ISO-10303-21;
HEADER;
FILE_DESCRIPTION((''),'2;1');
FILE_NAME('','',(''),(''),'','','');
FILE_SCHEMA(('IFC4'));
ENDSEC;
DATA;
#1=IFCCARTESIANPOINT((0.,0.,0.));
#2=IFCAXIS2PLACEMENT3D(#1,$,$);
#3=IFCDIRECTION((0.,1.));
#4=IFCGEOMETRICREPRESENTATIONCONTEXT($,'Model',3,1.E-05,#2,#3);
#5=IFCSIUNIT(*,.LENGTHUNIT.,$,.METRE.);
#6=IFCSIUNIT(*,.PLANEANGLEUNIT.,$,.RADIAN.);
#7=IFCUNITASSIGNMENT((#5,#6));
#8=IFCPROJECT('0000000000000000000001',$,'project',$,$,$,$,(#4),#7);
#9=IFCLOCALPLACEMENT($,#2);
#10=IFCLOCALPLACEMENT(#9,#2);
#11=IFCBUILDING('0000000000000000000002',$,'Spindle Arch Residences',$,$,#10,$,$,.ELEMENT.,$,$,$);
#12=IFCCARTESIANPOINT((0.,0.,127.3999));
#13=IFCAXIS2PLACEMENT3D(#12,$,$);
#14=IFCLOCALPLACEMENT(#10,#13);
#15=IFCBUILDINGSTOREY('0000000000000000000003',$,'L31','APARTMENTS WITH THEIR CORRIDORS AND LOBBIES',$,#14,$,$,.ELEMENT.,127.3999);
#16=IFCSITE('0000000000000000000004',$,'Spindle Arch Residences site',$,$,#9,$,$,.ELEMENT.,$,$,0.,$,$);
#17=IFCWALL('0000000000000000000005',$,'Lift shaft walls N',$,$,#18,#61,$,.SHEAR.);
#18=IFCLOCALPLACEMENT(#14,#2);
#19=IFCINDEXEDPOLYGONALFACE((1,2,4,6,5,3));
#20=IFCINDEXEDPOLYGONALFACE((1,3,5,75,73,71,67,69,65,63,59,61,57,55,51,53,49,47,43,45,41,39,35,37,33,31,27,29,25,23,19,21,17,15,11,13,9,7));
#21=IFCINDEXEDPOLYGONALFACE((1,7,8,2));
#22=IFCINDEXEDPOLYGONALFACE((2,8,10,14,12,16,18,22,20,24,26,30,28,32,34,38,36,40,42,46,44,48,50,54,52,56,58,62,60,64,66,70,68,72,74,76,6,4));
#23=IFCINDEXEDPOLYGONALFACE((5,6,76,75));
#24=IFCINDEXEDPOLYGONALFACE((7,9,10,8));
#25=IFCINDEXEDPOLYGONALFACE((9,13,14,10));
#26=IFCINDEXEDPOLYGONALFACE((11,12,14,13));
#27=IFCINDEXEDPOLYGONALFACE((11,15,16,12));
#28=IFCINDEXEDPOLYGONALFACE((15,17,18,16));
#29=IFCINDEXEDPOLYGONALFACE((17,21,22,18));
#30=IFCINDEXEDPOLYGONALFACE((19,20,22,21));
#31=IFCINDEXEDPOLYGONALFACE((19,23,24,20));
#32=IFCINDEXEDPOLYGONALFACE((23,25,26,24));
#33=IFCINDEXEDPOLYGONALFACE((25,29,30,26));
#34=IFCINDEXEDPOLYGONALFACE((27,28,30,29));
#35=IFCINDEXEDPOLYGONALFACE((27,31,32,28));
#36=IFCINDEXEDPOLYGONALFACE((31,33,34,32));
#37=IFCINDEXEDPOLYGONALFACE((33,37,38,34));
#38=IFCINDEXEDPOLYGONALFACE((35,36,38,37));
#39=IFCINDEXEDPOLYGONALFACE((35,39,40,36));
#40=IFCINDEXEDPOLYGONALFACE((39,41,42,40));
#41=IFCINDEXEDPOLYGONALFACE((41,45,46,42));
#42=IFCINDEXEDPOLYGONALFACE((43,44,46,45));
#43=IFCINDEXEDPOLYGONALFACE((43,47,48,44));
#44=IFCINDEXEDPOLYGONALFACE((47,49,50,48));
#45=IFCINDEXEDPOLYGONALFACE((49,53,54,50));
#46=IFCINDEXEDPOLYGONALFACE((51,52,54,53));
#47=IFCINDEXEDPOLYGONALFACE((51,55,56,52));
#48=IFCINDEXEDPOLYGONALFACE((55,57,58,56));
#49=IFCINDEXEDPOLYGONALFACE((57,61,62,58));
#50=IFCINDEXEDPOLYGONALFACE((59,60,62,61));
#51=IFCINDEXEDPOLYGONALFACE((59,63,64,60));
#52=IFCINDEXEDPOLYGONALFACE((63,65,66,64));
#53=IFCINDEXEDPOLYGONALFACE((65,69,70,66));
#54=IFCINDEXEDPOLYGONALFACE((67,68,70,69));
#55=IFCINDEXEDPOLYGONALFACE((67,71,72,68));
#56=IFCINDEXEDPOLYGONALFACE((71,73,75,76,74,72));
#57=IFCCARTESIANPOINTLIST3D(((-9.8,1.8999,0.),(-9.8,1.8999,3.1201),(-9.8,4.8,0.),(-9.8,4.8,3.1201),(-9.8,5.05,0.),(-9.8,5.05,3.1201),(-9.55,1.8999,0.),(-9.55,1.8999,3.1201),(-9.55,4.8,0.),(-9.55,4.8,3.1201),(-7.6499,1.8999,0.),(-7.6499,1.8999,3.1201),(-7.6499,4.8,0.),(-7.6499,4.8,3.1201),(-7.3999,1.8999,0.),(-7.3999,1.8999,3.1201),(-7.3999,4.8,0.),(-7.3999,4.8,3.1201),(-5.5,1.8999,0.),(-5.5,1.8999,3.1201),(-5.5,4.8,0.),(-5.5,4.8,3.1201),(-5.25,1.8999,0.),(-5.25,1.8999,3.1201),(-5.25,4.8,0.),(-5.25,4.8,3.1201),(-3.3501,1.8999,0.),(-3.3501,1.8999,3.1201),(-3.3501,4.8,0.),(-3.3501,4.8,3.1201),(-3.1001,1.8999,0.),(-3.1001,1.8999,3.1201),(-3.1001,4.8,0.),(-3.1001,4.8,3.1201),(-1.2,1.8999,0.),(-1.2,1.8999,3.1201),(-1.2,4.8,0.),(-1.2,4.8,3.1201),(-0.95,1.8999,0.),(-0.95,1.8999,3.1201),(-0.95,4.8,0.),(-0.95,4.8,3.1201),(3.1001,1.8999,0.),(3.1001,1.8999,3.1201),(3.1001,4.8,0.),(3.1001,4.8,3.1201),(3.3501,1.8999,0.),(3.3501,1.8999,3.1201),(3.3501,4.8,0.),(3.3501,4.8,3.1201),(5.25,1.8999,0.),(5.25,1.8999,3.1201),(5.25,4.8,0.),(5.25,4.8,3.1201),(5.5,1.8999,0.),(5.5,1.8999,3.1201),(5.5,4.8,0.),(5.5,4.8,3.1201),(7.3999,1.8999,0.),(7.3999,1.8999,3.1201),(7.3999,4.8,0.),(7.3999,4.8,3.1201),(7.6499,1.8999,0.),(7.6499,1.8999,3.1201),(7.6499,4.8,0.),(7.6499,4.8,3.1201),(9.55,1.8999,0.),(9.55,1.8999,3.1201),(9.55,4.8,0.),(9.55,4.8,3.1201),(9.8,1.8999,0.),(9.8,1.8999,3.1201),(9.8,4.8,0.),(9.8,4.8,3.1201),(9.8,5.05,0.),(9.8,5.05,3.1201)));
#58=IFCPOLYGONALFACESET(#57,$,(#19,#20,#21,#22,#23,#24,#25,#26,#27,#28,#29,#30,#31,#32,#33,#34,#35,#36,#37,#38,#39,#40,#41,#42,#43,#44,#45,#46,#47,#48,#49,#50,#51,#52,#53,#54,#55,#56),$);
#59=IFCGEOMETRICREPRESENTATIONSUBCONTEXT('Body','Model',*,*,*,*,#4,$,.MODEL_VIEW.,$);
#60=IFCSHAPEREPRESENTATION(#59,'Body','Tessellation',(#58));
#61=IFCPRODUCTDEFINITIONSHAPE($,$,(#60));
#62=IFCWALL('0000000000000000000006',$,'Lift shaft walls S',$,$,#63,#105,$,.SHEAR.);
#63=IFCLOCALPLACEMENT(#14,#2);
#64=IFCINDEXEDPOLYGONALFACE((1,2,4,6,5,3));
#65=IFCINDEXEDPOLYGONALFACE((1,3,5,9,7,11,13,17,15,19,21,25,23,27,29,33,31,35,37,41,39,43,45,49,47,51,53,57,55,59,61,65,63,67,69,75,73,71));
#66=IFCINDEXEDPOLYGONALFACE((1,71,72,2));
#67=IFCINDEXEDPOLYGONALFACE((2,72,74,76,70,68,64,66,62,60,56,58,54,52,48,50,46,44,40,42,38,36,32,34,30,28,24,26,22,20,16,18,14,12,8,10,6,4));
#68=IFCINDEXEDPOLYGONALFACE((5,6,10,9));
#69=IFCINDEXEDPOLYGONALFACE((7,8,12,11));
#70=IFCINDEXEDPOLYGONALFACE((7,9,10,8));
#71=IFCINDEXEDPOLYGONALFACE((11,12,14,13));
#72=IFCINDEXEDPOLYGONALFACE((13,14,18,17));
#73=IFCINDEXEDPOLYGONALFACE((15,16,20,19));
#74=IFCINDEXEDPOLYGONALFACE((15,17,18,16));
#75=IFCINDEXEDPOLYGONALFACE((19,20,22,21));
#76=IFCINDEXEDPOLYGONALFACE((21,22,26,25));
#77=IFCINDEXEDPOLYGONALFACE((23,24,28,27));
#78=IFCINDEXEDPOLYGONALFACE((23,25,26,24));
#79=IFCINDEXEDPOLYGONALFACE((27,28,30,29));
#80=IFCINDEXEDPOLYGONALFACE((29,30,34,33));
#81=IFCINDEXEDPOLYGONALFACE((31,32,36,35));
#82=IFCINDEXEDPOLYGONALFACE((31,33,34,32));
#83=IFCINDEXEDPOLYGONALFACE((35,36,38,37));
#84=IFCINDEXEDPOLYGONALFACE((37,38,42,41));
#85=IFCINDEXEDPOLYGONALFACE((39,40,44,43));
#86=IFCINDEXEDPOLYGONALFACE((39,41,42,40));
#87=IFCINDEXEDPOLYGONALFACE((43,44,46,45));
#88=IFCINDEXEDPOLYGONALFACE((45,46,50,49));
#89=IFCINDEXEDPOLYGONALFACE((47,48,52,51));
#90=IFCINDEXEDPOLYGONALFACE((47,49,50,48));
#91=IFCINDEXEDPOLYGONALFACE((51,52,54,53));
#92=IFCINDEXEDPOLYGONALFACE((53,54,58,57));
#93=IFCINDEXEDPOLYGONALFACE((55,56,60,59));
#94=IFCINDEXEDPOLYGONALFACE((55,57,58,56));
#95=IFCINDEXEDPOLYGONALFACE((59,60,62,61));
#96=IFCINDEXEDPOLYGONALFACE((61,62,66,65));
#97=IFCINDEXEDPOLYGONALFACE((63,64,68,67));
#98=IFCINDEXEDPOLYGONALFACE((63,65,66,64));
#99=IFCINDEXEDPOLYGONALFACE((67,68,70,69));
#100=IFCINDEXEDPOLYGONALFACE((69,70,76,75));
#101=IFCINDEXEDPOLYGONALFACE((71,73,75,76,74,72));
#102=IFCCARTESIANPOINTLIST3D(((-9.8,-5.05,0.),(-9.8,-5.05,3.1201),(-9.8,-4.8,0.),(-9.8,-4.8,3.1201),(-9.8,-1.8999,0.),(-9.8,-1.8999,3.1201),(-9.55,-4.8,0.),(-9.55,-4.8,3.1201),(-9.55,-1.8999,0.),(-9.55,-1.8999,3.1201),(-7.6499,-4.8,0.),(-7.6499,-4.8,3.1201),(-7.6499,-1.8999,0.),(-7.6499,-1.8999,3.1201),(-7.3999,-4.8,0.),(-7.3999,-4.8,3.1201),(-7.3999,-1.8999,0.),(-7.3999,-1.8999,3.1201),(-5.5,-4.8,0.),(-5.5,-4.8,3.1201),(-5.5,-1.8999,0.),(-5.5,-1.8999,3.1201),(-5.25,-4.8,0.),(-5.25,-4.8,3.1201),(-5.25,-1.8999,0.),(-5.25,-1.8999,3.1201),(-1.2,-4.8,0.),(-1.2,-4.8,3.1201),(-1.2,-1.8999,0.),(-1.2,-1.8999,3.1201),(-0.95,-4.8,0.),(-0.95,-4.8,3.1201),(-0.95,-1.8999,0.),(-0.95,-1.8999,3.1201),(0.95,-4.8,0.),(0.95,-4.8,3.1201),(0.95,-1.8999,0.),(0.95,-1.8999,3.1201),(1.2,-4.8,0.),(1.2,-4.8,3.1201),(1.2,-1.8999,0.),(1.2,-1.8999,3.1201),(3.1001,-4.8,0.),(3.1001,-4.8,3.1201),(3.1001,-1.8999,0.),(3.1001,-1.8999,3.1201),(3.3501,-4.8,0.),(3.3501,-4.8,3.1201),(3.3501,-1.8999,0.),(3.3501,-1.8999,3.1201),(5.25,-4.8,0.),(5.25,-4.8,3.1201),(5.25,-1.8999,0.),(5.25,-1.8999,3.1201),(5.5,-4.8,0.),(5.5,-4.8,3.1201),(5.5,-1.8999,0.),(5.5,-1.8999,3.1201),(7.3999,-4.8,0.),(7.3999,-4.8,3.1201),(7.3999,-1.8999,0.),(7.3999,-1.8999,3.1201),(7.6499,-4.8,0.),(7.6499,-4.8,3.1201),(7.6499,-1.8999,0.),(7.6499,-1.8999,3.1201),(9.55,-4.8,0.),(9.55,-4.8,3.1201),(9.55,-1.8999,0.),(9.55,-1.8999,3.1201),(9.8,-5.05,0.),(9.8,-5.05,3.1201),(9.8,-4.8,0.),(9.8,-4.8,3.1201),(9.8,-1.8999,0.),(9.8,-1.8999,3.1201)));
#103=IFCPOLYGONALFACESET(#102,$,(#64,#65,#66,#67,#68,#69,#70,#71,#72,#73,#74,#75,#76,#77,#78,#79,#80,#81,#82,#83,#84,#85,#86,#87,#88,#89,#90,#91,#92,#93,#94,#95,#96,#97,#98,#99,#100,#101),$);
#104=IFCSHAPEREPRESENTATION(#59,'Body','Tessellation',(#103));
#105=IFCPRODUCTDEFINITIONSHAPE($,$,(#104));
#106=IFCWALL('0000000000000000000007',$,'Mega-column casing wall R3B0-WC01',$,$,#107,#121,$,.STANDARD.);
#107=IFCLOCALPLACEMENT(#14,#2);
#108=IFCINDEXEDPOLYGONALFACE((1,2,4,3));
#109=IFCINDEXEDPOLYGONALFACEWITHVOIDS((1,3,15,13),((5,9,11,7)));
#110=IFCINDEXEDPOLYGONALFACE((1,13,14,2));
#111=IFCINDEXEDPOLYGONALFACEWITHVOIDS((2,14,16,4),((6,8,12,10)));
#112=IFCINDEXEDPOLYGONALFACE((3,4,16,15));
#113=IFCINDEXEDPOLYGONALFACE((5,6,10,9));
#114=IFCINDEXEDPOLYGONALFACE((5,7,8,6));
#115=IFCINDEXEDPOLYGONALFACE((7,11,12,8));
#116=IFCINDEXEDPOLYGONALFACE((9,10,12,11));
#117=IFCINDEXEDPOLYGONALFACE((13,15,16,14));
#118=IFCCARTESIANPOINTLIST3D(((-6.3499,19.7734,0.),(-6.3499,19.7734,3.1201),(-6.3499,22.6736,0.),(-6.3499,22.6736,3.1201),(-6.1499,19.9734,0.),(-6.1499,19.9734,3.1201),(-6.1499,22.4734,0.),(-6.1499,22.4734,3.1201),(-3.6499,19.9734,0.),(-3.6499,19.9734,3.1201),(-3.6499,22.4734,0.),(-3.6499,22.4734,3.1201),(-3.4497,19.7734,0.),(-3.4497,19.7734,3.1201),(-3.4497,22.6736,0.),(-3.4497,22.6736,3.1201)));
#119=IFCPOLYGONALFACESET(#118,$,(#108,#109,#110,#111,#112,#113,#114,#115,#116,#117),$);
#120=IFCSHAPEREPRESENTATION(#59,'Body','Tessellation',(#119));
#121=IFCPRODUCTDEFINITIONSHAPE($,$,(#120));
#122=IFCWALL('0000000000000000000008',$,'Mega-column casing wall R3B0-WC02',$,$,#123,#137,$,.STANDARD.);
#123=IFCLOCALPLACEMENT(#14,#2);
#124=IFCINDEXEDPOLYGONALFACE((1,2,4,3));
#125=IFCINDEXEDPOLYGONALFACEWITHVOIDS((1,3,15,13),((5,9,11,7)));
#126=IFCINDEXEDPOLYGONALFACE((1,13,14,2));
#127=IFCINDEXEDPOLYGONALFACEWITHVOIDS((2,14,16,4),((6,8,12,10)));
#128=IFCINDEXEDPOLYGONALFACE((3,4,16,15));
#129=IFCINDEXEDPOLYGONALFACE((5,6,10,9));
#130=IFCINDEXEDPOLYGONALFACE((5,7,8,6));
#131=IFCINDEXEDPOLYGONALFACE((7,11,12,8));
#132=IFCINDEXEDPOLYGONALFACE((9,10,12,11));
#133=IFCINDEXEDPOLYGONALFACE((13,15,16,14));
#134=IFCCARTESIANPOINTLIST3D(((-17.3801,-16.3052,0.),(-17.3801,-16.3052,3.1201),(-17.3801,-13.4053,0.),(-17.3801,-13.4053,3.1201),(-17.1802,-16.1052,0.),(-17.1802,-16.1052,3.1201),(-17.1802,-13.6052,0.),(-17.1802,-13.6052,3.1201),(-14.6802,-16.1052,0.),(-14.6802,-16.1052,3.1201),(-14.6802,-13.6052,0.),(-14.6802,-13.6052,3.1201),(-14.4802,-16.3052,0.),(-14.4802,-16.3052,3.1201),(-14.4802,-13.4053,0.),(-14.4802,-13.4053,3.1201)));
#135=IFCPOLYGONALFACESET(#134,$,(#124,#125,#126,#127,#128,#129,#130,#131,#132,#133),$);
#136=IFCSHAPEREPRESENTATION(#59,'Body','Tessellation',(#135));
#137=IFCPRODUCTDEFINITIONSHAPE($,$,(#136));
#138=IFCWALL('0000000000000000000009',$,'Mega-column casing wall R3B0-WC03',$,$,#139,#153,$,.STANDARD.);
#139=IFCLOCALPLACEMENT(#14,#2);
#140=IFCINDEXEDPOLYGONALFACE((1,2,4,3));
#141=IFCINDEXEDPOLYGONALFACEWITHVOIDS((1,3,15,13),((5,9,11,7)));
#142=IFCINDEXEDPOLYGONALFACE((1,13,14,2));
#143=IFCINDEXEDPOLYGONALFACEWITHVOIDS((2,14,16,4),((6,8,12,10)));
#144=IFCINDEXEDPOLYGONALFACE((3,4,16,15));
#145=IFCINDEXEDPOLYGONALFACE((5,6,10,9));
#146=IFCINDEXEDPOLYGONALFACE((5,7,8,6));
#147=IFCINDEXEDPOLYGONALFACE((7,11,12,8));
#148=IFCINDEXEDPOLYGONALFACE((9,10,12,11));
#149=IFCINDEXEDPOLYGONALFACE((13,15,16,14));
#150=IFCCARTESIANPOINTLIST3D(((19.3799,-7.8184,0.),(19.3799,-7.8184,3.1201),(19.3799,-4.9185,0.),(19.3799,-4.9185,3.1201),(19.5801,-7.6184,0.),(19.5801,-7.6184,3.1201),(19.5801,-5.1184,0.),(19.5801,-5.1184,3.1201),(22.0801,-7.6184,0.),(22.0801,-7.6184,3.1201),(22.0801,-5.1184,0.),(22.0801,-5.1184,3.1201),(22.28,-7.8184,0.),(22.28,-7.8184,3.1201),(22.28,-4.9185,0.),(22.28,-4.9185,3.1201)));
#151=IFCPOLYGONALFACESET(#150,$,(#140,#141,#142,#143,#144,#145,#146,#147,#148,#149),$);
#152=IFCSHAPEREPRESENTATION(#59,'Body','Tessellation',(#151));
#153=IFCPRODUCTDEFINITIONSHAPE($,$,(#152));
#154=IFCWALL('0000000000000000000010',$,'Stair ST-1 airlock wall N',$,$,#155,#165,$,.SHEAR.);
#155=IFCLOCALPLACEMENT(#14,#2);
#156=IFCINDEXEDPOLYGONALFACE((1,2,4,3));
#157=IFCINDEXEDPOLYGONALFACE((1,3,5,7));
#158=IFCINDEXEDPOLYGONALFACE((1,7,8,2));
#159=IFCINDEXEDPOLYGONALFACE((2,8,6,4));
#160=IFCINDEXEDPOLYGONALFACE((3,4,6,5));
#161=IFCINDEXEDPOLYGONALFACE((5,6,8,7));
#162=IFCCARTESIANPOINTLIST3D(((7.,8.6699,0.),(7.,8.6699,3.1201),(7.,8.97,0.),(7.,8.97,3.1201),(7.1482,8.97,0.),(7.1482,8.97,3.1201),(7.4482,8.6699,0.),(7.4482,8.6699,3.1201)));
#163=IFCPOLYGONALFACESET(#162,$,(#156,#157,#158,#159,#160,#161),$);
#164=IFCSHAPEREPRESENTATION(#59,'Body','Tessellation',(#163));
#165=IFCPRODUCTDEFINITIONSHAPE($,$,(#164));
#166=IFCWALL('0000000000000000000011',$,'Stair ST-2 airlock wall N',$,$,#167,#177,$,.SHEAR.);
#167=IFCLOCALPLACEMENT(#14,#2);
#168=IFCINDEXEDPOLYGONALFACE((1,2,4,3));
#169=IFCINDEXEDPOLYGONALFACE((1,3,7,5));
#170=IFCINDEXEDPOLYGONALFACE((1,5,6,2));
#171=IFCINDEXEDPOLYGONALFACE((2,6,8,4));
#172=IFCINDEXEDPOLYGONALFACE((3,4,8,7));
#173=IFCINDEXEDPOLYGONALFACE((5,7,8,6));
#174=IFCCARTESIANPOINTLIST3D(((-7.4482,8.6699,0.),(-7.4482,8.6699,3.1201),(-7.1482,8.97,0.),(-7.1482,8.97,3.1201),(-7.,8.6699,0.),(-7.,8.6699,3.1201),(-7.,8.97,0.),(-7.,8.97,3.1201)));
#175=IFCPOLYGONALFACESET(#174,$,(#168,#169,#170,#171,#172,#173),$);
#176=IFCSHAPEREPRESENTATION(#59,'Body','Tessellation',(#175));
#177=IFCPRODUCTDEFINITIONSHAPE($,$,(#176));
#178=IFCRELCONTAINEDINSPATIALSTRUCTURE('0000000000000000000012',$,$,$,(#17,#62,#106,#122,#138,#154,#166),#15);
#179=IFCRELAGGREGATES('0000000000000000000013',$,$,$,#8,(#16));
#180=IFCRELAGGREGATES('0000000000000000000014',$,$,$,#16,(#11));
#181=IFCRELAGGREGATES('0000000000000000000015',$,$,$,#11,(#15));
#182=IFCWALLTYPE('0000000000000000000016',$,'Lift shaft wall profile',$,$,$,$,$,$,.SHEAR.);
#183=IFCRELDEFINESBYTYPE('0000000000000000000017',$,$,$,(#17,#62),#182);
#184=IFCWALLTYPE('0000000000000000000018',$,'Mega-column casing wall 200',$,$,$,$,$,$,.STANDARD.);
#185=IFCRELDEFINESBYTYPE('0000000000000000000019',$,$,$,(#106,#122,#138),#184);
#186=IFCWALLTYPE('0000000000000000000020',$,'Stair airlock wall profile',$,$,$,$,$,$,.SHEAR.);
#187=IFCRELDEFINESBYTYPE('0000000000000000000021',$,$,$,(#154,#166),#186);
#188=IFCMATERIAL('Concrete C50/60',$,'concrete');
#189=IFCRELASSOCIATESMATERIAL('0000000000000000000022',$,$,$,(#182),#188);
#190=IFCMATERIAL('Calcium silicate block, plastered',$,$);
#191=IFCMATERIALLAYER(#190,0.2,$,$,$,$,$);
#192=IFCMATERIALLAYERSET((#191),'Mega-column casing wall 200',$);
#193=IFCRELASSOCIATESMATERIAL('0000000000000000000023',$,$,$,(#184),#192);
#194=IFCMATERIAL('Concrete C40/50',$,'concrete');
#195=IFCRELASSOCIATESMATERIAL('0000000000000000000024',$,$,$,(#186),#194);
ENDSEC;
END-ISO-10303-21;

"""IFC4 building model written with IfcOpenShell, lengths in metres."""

from ifc_helpers import new_model, si_unit, direction, frame, origin, place, context, subcontext, project, spatial, polyline, outline, extrude, material, layer, layer_set, type_object, element, save


model = new_model("IFC4")

# Units and contexts
model_context = context("Model", 3, precision=1e-05, world=origin(), true_north=direction((0.0, 1.0)))
body_context = subcontext(model_context, "Body", "Model", "MODEL_VIEW")
ifc_project = project(units=[si_unit("LENGTHUNIT", "METRE"), si_unit("PLANEANGLEUNIT", "RADIAN")], contexts=[model_context])

# Site, building, storey
site_placement = place(None, origin())
site = spatial("IfcSite", under=ifc_project, at=site_placement, Name="Spindle Arch Residences site", CompositionType="ELEMENT", RefElevation=0.0)
building_placement = place(site_placement, origin())
building = spatial("IfcBuilding", under=site, at=building_placement, Name="Spindle Arch Residences", CompositionType="ELEMENT")
storey_placement = place(building_placement, frame((0.0, 0.0, 127.3999)))
storey = spatial("IfcBuildingStorey", under=building, at=storey_placement, Name="L31", Description="APARTMENTS WITH THEIR CORRIDORS AND LOBBIES", CompositionType="ELEMENT", Elevation=127.3999)

# Walls
ifc_material_1 = material(Name="Concrete C50/60", Category="concrete")
wall_type_1 = type_object("IfcWallType", Name="Lift shaft wall profile", PredefinedType="SHEAR", material=ifc_material_1)
wall_1_placement = place(storey_placement, origin())
element("IfcWall", 1, at=wall_1_placement, inside=storey, type_object=wall_type_1, Name="Lift shaft walls N", PredefinedType="SHEAR", context=body_context, shape_type="SweptSolid", body=[
    extrude(outline(polyline([(-9.55, 4.8), (-7.6499, 4.8), (-7.6499, 1.8999), (-7.3999, 1.8999), (-7.3999, 4.8), (-5.5, 4.8), (-5.5, 1.8999), (-5.25, 1.8999), (-5.25, 4.8), (-3.3501, 4.8), (-3.3501, 1.8999), (-3.1001, 1.8999), (-3.1001, 4.8), (-1.2, 4.8), (-1.2, 1.8999), (-0.95, 1.8999), (-0.95, 4.8), (3.1001, 4.8), (3.1001, 1.8999), (3.3501, 1.8999), (3.3501, 4.8), (5.25, 4.8), (5.25, 1.8999), (5.5, 1.8999), (5.5, 4.8), (7.3999, 4.8), (7.3999, 1.8999), (7.6499, 1.8999), (7.6499, 4.8), (9.55, 4.8), (9.55, 1.8999), (9.8, 1.8999), (9.8, 4.8), (9.8, 5.05), (-9.8, 5.05), (-9.8, 4.8), (-9.8, 1.8999), (-9.55, 1.8999), (-9.55, 4.8)])), origin(), (0.0, 0.0, 1.0), 3.1201),
])
wall_2_placement = place(storey_placement, origin())
element("IfcWall", 2, at=wall_2_placement, inside=storey, type_object=wall_type_1, Name="Lift shaft walls S", PredefinedType="SHEAR", context=body_context, shape_type="SweptSolid", body=[
    extrude(outline(polyline([(9.8, -5.05), (9.8, -4.8), (9.8, -1.8999), (9.55, -1.8999), (9.55, -4.8), (7.6499, -4.8), (7.6499, -1.8999), (7.3999, -1.8999), (7.3999, -4.8), (5.5, -4.8), (5.5, -1.8999), (5.25, -1.8999), (5.25, -4.8), (3.3501, -4.8), (3.3501, -1.8999), (3.1001, -1.8999), (3.1001, -4.8), (1.2, -4.8), (1.2, -1.8999), (0.95, -1.8999), (0.95, -4.8), (-0.95, -4.8), (-0.95, -1.8999), (-1.2, -1.8999), (-1.2, -4.8), (-5.25, -4.8), (-5.25, -1.8999), (-5.5, -1.8999), (-5.5, -4.8), (-7.3999, -4.8), (-7.3999, -1.8999), (-7.6499, -1.8999), (-7.6499, -4.8), (-9.55, -4.8), (-9.55, -1.8999), (-9.8, -1.8999), (-9.8, -4.8), (-9.8, -5.05), (9.8, -5.05)])), origin(), (0.0, 0.0, 1.0), 3.1201),
])
ifc_material_2 = material(Name="Calcium silicate block, plastered")
ifc_layer_1 = layer(ifc_material_2, 0.2)
ifc_layer_set_1 = layer_set([ifc_layer_1], Name="Mega-column casing wall 200")
wall_type_2 = type_object("IfcWallType", Name="Mega-column casing wall 200", PredefinedType="STANDARD", material=ifc_layer_set_1)
wall_3_placement = place(storey_placement, origin())
element("IfcWall", 3, at=wall_3_placement, inside=storey, type_object=wall_type_2, Name="Mega-column casing wall R3B0-WC01", PredefinedType="STANDARD", context=body_context, shape_type="SweptSolid", body=[
    extrude(outline(polyline([(-3.4497, 22.6736), (-3.4497, 19.7734), (-6.3499, 19.7734), (-6.3499, 22.6736), (-3.4497, 22.6736)]), holes=[polyline([(-6.1499, 19.9734), (-3.6499, 19.9734), (-3.6499, 22.4734), (-6.1499, 22.4734), (-6.1499, 19.9734)])]), origin(), (0.0, 0.0, 1.0), 3.1201),
])
wall_4_placement = place(storey_placement, origin())
element("IfcWall", 4, at=wall_4_placement, inside=storey, type_object=wall_type_2, Name="Mega-column casing wall R3B0-WC02", PredefinedType="STANDARD", context=body_context, shape_type="SweptSolid", body=[
    extrude(outline(polyline([(-14.4802, -13.4053), (-14.4802, -16.3052), (-17.3801, -16.3052), (-17.3801, -13.4053), (-14.4802, -13.4053)]), holes=[polyline([(-17.1802, -16.1052), (-14.6802, -16.1052), (-14.6802, -13.6052), (-17.1802, -13.6052), (-17.1802, -16.1052)])]), origin(), (0.0, 0.0, 1.0), 3.1201),
])
wall_5_placement = place(storey_placement, origin())
element("IfcWall", 5, at=wall_5_placement, inside=storey, type_object=wall_type_2, Name="Mega-column casing wall R3B0-WC03", PredefinedType="STANDARD", context=body_context, shape_type="SweptSolid", body=[
    extrude(outline(polyline([(22.28, -4.9185), (22.28, -7.8184), (19.3799, -7.8184), (19.3799, -4.9185), (22.28, -4.9185)]), holes=[polyline([(19.5801, -7.6184), (22.0801, -7.6184), (22.0801, -5.1184), (19.5801, -5.1184), (19.5801, -7.6184)])]), origin(), (0.0, 0.0, 1.0), 3.1201),
])
ifc_material_3 = material(Name="Concrete C40/50", Category="concrete")
wall_type_3 = type_object("IfcWallType", Name="Stair airlock wall profile", PredefinedType="SHEAR", material=ifc_material_3)
wall_6_placement = place(storey_placement, origin())
element("IfcWall", 6, at=wall_6_placement, inside=storey, type_object=wall_type_3, Name="Stair ST-1 airlock wall N", PredefinedType="SHEAR", context=body_context, shape_type="SweptSolid", body=[
    extrude(outline(polyline([(7.4482, 8.6699), (7.0, 8.6699), (7.0, 8.97), (7.1482, 8.97), (7.4482, 8.6699)])), origin(), (0.0, 0.0, 1.0), 3.1201),
])
wall_7_placement = place(storey_placement, origin())
element("IfcWall", 7, at=wall_7_placement, inside=storey, type_object=wall_type_3, Name="Stair ST-2 airlock wall N", PredefinedType="SHEAR", context=body_context, shape_type="SweptSolid", body=[
    extrude(outline(polyline([(-7.1482, 8.97), (-7.0, 8.97), (-7.0, 8.6699), (-7.4482, 8.6699), (-7.1482, 8.97)])), origin(), (0.0, 0.0, 1.0), 3.1201),
])

save(model, "model.ifc")
